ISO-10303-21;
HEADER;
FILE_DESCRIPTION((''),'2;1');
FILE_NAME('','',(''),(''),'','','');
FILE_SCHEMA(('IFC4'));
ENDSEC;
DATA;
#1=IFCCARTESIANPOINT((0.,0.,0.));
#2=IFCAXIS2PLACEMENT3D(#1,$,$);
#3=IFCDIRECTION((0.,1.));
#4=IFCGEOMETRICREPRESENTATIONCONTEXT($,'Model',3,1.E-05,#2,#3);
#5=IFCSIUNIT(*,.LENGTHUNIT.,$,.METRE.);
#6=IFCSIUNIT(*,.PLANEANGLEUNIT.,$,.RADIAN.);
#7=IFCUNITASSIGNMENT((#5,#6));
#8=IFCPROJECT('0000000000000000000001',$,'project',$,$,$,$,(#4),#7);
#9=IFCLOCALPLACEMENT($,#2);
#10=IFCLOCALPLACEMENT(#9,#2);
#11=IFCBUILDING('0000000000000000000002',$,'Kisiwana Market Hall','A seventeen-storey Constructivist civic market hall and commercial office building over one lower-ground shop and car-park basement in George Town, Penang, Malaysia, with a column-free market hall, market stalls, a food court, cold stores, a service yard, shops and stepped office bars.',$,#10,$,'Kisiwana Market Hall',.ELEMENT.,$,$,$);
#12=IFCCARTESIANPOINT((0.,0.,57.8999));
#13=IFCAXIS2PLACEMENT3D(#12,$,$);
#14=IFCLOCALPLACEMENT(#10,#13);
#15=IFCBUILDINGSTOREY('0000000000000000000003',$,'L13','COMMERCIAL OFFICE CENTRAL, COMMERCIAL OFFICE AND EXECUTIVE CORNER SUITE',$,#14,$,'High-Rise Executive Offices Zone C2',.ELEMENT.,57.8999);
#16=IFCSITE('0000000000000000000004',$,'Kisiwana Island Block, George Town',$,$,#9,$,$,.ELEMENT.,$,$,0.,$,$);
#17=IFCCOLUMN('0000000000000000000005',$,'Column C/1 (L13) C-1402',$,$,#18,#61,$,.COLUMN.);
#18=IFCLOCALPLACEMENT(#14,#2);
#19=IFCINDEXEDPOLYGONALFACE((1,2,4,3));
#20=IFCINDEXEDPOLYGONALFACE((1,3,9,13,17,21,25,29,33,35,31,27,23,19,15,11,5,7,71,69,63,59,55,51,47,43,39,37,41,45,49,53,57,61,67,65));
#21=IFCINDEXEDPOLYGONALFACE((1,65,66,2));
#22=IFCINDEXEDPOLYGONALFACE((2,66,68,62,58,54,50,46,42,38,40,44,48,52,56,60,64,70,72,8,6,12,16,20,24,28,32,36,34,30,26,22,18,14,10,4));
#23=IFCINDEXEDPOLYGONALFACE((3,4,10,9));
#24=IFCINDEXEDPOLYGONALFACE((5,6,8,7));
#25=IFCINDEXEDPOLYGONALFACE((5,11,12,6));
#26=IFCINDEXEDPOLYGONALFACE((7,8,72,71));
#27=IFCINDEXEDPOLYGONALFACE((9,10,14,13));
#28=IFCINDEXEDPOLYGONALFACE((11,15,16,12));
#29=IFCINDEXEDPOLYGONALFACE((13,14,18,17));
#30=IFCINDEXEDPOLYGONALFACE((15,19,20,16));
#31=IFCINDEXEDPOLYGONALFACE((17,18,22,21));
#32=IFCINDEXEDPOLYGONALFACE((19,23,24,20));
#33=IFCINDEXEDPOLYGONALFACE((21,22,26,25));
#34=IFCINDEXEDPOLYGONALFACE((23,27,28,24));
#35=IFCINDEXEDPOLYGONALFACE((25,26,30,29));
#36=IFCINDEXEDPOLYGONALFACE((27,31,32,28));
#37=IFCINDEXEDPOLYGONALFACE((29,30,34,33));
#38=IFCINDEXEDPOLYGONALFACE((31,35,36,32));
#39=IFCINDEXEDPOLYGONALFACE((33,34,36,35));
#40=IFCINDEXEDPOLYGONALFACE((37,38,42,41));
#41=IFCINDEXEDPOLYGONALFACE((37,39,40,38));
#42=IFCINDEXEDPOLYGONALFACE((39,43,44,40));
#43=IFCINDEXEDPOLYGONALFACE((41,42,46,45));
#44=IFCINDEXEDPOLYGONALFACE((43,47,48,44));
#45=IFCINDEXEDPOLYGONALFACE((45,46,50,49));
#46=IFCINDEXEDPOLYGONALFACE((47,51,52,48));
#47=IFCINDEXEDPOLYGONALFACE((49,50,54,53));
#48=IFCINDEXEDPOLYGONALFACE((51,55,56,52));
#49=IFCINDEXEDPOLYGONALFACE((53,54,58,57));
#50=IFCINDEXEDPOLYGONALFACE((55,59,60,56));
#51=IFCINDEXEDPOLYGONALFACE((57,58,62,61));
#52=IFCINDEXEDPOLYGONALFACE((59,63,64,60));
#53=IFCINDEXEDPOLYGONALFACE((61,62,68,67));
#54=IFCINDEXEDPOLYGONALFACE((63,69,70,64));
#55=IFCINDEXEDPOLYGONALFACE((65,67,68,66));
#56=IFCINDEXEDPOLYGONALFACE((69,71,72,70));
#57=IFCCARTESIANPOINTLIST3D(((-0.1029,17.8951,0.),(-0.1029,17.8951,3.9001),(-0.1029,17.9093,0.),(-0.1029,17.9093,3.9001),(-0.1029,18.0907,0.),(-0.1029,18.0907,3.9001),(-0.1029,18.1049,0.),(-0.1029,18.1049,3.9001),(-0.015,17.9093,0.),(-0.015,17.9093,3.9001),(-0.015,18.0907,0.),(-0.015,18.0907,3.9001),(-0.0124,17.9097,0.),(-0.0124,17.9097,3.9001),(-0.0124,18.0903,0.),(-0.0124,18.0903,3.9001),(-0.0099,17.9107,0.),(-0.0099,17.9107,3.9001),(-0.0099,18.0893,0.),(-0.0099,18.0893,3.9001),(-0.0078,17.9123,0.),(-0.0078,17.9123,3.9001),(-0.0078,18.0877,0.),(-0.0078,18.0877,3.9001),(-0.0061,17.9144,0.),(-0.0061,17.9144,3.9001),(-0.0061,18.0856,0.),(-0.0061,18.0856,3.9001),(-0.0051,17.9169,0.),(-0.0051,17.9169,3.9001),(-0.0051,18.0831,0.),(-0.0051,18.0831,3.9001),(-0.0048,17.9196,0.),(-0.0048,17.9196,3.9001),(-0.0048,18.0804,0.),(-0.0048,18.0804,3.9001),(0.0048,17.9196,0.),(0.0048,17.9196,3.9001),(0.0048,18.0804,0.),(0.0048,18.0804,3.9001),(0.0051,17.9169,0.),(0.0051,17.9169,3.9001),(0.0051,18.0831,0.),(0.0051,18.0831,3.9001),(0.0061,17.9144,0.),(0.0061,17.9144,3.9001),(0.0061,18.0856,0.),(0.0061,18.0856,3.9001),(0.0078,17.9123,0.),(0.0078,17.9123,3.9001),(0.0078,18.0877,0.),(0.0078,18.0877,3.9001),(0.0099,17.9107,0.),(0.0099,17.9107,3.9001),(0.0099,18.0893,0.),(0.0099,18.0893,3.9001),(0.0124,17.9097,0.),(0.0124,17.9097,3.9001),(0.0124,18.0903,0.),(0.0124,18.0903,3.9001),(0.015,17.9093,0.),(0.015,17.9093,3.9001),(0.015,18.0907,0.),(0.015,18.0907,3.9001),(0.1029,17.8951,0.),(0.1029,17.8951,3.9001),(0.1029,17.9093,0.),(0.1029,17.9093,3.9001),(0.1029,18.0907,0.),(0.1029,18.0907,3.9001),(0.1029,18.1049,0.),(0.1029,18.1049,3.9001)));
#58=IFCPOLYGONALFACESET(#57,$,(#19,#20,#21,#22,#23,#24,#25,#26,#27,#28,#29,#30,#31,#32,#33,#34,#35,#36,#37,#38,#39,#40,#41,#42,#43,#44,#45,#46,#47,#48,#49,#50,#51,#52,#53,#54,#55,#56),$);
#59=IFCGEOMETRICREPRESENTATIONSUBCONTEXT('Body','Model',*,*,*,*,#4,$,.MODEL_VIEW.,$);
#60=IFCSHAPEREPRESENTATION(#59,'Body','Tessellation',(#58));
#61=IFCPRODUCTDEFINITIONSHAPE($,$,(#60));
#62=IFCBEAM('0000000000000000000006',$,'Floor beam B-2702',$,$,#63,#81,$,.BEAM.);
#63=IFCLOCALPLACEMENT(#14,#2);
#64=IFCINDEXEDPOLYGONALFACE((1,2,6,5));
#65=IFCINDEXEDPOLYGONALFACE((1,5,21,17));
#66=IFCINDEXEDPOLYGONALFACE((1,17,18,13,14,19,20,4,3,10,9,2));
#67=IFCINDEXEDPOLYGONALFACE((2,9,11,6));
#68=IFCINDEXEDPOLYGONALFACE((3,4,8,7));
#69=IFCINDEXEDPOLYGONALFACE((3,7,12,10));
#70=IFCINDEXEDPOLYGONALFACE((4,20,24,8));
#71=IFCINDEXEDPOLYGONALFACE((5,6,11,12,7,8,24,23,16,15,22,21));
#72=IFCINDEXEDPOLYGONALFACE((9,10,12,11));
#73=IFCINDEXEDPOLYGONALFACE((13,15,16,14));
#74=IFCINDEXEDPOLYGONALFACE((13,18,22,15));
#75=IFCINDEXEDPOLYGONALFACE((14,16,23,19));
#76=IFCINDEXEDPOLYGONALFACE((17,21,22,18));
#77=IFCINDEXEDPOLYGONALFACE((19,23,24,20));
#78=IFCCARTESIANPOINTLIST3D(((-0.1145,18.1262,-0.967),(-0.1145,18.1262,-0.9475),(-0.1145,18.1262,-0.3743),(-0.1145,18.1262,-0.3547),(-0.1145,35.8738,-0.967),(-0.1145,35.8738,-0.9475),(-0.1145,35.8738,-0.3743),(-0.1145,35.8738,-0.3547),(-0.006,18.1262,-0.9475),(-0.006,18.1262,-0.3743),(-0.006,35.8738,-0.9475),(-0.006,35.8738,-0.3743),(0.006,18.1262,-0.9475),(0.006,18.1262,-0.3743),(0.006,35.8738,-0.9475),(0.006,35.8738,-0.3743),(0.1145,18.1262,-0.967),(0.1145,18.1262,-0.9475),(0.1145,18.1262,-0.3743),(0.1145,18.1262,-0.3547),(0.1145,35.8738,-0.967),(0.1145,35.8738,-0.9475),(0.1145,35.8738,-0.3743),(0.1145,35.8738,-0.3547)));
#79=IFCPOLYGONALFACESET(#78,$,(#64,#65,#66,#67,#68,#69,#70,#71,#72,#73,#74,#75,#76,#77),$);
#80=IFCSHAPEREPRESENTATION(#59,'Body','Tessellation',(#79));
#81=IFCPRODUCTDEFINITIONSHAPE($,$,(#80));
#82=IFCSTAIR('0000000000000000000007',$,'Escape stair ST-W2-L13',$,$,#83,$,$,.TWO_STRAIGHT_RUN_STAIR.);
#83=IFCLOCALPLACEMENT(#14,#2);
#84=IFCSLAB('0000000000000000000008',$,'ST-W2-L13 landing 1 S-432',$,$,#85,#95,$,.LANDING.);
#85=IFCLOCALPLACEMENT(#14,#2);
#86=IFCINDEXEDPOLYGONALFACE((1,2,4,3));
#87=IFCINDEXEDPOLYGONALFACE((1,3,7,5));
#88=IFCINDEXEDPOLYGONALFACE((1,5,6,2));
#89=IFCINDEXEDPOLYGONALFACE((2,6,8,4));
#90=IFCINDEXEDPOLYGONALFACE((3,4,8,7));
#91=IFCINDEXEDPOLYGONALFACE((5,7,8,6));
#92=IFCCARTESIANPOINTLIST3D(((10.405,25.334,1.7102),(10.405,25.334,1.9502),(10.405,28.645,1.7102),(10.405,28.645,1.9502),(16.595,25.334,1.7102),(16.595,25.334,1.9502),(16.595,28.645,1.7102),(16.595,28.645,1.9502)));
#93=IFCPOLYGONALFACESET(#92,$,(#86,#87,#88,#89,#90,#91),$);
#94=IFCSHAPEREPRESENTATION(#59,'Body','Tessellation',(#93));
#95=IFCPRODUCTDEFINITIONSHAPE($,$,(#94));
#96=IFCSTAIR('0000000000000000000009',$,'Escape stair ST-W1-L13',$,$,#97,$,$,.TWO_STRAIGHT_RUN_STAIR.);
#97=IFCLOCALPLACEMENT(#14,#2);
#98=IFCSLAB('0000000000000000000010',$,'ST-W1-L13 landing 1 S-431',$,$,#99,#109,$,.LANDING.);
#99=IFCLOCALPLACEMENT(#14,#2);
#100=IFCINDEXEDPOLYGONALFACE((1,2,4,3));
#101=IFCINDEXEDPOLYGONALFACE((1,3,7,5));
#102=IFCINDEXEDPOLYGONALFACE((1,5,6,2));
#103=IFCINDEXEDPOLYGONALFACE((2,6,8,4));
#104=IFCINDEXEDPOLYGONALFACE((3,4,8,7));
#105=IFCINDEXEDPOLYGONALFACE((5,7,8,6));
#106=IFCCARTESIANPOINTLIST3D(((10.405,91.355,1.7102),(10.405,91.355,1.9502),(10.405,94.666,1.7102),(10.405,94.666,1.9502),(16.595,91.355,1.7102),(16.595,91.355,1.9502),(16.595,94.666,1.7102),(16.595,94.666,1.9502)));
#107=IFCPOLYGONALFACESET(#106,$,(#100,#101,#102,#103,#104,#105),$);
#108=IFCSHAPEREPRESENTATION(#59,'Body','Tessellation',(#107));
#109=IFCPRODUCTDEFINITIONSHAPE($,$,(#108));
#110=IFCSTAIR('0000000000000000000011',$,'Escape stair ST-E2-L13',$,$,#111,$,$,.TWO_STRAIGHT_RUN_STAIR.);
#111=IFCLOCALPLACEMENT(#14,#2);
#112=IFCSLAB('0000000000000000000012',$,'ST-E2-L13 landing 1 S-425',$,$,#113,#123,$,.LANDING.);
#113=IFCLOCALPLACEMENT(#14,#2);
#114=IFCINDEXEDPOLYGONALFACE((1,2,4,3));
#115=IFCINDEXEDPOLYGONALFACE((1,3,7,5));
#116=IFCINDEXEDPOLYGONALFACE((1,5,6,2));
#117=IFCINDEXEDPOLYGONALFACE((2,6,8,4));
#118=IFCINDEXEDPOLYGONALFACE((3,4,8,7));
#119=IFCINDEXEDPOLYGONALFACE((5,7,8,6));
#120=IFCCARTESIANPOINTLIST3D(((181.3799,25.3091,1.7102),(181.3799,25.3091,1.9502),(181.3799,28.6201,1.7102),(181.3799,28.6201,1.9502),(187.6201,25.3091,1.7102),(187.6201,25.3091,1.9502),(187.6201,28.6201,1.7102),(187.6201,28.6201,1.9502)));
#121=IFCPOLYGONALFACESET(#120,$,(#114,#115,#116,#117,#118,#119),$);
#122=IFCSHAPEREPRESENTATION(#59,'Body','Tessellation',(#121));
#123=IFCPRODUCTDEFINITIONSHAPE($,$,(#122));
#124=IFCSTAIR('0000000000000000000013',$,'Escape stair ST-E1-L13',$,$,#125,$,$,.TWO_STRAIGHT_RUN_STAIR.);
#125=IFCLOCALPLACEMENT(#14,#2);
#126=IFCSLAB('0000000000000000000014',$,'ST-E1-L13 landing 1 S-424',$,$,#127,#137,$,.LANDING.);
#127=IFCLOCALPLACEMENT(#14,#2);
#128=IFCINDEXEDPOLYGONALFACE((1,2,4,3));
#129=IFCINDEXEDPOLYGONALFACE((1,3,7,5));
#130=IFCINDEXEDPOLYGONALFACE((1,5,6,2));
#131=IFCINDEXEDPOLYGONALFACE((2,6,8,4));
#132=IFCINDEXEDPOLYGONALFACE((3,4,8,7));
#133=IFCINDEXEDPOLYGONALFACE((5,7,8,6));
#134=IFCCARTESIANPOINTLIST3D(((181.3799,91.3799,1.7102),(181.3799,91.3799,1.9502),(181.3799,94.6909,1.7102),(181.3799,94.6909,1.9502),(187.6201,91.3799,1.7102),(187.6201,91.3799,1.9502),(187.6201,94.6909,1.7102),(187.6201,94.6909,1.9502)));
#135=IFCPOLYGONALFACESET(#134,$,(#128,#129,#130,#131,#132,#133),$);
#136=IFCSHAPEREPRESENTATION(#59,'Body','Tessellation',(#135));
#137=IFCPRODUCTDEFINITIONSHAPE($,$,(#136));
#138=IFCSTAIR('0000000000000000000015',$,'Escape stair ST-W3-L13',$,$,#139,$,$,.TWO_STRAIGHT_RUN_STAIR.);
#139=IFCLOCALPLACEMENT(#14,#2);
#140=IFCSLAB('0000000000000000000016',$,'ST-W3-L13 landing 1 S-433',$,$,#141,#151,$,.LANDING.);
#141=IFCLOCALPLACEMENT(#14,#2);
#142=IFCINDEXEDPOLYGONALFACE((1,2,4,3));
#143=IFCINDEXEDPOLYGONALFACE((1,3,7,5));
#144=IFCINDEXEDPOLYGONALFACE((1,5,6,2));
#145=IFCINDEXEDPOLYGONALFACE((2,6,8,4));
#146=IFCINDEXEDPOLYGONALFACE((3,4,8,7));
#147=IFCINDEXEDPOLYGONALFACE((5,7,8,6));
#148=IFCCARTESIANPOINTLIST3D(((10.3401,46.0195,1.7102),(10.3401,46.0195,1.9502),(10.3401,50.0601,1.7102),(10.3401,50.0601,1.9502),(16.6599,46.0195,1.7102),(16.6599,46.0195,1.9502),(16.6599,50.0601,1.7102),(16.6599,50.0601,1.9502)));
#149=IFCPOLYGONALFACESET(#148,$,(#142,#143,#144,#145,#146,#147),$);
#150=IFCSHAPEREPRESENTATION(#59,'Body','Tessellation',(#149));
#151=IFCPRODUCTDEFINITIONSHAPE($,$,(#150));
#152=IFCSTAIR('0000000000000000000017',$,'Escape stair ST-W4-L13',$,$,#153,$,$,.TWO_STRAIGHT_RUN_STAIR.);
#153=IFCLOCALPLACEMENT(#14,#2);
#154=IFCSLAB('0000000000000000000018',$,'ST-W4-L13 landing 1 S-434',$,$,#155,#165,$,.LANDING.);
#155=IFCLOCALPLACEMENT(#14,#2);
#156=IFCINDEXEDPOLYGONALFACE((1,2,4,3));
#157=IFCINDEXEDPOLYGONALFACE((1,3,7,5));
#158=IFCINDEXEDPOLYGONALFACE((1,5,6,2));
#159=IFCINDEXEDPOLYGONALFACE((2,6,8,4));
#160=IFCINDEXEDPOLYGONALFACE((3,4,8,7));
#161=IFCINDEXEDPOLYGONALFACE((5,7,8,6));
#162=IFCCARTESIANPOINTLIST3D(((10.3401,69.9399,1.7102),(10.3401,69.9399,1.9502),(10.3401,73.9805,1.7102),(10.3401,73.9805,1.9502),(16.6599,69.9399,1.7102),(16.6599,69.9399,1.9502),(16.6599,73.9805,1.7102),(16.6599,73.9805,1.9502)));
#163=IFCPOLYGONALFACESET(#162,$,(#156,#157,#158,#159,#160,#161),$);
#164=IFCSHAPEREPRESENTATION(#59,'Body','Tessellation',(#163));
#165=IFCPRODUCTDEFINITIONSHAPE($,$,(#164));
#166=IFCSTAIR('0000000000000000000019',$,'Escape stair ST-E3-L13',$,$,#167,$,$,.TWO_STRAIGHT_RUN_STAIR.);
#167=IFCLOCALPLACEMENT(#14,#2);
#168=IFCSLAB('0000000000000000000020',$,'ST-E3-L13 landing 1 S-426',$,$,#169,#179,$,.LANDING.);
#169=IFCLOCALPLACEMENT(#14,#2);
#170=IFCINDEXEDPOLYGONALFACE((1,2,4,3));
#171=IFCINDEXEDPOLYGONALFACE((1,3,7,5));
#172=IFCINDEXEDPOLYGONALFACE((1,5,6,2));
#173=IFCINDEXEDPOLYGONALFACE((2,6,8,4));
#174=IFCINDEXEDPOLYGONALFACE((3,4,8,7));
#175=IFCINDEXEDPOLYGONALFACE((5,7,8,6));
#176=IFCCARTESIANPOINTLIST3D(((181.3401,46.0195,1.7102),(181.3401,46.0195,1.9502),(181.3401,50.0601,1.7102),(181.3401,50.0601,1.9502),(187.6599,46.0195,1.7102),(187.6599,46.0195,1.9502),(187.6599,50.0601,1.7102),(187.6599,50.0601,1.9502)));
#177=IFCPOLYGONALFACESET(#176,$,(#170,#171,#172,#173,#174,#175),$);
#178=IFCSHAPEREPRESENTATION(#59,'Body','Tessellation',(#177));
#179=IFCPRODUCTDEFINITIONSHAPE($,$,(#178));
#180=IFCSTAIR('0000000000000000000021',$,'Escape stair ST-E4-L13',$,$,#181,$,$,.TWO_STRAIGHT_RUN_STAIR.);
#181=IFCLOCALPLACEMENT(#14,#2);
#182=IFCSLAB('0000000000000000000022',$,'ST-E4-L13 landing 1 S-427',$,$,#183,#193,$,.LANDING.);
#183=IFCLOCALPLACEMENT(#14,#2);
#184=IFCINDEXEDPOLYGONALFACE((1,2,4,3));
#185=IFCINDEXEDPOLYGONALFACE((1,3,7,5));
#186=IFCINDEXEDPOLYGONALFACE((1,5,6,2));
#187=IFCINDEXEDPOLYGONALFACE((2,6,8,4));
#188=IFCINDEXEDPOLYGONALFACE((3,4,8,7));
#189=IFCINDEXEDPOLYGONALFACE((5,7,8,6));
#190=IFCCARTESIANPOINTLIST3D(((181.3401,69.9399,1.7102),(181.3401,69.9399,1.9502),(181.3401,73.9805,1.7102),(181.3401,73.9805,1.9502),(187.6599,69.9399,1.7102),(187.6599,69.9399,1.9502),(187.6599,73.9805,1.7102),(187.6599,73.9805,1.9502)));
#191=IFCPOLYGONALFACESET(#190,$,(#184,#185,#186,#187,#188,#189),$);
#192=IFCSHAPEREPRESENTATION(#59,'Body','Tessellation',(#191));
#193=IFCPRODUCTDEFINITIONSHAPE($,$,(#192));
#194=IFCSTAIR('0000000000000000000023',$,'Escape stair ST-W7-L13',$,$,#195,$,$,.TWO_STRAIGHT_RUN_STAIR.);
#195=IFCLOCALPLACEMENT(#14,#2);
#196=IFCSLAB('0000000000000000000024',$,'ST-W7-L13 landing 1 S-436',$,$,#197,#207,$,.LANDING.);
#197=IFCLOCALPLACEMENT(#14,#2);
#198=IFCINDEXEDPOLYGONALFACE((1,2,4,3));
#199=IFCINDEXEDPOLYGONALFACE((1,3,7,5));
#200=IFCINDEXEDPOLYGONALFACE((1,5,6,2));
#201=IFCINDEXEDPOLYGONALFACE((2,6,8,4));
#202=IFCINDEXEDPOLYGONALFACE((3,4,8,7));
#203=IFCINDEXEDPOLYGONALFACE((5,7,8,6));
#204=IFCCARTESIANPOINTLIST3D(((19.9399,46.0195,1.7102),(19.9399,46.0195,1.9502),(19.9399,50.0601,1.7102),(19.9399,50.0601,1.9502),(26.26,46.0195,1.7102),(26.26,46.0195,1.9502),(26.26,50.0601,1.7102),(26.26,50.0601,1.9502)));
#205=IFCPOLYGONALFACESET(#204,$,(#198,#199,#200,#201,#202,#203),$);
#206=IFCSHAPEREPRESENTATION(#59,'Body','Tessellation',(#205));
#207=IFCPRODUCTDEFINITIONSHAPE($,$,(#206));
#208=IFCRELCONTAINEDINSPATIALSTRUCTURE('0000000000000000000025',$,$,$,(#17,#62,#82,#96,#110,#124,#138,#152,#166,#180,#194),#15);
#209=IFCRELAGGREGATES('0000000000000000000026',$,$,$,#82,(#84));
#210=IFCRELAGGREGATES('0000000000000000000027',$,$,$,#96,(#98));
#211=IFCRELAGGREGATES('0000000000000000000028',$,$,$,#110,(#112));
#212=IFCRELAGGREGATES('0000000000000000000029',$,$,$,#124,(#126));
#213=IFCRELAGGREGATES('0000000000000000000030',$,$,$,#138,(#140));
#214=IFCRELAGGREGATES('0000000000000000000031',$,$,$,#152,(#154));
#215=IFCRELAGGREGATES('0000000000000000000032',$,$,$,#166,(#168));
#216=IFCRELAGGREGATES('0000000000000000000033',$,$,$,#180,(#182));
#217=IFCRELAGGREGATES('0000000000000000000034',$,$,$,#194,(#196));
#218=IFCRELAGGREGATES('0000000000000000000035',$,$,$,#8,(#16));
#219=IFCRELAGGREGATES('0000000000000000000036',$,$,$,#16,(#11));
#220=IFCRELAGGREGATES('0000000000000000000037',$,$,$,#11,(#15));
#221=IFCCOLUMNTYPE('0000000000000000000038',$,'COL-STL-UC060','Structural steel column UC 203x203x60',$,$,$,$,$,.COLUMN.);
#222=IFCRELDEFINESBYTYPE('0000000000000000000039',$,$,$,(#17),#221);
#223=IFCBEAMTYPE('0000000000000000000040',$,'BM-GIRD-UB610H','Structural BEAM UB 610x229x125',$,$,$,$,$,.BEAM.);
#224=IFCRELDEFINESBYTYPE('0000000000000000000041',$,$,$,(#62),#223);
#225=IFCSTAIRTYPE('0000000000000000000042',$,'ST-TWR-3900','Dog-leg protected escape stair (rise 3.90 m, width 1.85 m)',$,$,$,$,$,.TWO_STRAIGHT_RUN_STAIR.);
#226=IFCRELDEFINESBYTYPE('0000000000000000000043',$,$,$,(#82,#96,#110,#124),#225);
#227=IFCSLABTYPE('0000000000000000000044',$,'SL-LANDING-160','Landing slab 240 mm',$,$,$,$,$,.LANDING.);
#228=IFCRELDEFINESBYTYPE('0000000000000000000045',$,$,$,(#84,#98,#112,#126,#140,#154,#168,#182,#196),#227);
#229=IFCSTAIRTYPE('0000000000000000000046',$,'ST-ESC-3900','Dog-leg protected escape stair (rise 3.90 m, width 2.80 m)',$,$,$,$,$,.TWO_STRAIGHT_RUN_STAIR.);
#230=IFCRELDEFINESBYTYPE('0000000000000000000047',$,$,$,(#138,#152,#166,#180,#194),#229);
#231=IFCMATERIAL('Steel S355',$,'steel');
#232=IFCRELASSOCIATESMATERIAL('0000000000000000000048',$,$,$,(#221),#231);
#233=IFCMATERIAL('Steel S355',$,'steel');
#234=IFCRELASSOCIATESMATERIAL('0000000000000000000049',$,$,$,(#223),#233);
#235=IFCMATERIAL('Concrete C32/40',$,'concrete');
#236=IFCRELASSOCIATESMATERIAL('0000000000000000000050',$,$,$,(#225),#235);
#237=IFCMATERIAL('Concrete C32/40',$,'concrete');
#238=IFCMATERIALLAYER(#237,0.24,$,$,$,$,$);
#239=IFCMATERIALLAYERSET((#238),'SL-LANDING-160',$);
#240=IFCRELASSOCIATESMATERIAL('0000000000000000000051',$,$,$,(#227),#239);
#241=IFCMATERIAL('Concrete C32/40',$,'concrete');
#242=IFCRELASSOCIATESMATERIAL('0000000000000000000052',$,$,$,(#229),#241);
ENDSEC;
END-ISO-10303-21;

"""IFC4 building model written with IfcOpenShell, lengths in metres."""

from ifc_helpers import new_model, si_unit, direction, frame, origin, origin_2d, place, context, subcontext, project, spatial, polyline, i_section, outline, extrude, material, layer, layer_set, material_profile, profile_set, type_object, element, aggregate, save


model = new_model("IFC4")

# Units and contexts
model_context = context("Model", 3, precision=1e-05, world=origin(), true_north=direction((0.0, 1.0)))
body_context = subcontext(model_context, "Body", "Model", "MODEL_VIEW")
ifc_project = project(units=[si_unit("LENGTHUNIT", "METRE"), si_unit("PLANEANGLEUNIT", "RADIAN")], contexts=[model_context])

# Site, building, storey
site_placement = place(None, origin())
site = spatial("IfcSite", under=ifc_project, at=site_placement, Name="Kisiwana Island Block, George Town", CompositionType="ELEMENT", RefElevation=0.0)
building_placement = place(site_placement, origin())
building = spatial("IfcBuilding", under=site, at=building_placement, Name="Kisiwana Market Hall", Description="A seventeen-storey Constructivist civic market hall and commercial office building over one lower-ground shop and car-park basement in George Town, Penang, Malaysia, with a column-free market hall, market stalls, a food court, cold stores, a service yard, shops and stepped office bars.", LongName="Kisiwana Market Hall", CompositionType="ELEMENT")
storey_placement = place(building_placement, frame((0.0, 0.0, 57.8999)))
storey = spatial("IfcBuildingStorey", under=building, at=storey_placement, Name="L13", Description="COMMERCIAL OFFICE CENTRAL, COMMERCIAL OFFICE AND EXECUTIVE CORNER SUITE", LongName="High-Rise Executive Offices Zone C2", CompositionType="ELEMENT", Elevation=57.8999)

# Column
ifc_material_1 = material(Name="Steel S355", Category="steel")
ifc_material_profile_1 = material_profile(ifc_material_1, i_section(OverallWidth=0.2058, OverallDepth=0.2097, WebThickness=0.0095, FlangeThickness=0.0142, FilletRadius=0.0103, at=origin_2d()), Name="UC 203x203x60")
ifc_profile_set_1 = profile_set([ifc_material_profile_1], Name="Steel S355")
column_type = type_object("IfcColumnType", Name="COL-STL-UC060", Description="Structural steel column UC 203x203x60", PredefinedType="COLUMN", material=ifc_profile_set_1)
column_placement = place(storey_placement, frame((0.0, 18.0, 0.0), z_axis=(0.0, 0.0, 1.0), x_axis=(1.0, 0.0, 0.0)))
element("IfcColumn", 1, at=column_placement, inside=storey, type_object=column_type, Name="Column C/1 (L13) C-1402", PredefinedType="COLUMN", context=body_context, shape_type="SweptSolid", body=[
    extrude(i_section(OverallWidth=0.2058, OverallDepth=0.2097, WebThickness=0.0095, FlangeThickness=0.0142, FilletRadius=0.0103, at=origin_2d()), origin(), (0.0, 0.0, 1.0), 3.9001),
])

# Beam
ifc_material_2 = material(Name="Steel S355", Category="steel")
ifc_material_profile_2 = material_profile(ifc_material_2, i_section(OverallWidth=0.229, OverallDepth=0.6123, WebThickness=0.012, FlangeThickness=0.0195, at=origin_2d()), Name="UB 610x229x125")
ifc_profile_set_2 = profile_set([ifc_material_profile_2], Name="Steel S355")
beam_type = type_object("IfcBeamType", Name="BM-GIRD-UB610H", Description="Structural BEAM UB 610x229x125", PredefinedType="BEAM", material=ifc_profile_set_2)
beam_placement = place(storey_placement, frame((0.0, 18.1262, -0.6609), z_axis=(0.0, 1.0, 0.0), x_axis=(-1.0, 0.0, 0.0)))
element("IfcBeam", 2, at=beam_placement, inside=storey, type_object=beam_type, Name="Floor beam B-2702", PredefinedType="BEAM", context=body_context, shape_type="SweptSolid", body=[
    extrude(i_section(OverallWidth=0.229, OverallDepth=0.6123, WebThickness=0.012, FlangeThickness=0.0195, at=origin_2d()), origin(), (0.0, 0.0, 1.0), 17.7476),
])

# Stairs, slabs
ifc_material_3 = material(Name="Concrete C32/40", Category="concrete")
stair_type_1 = type_object("IfcStairType", Name="ST-TWR-3900", Description="Dog-leg protected escape stair (rise 3.90 m, width 1.85 m)", PredefinedType="TWO_STRAIGHT_RUN_STAIR", material=ifc_material_3)
stair_1_placement = place(storey_placement, origin())
stair_1 = element("IfcStair", 3, at=stair_1_placement, inside=storey, type_object=stair_type_1, Name="Escape stair ST-W2-L13", PredefinedType="TWO_STRAIGHT_RUN_STAIR")
ifc_material_4 = material(Name="Concrete C32/40", Category="concrete")
ifc_layer_1 = layer(ifc_material_4, 0.24)
ifc_layer_set_1 = layer_set([ifc_layer_1], Name="SL-LANDING-160")
slab_type_1 = type_object("IfcSlabType", Name="SL-LANDING-160", Description="Landing slab 240 mm", PredefinedType="LANDING", material=ifc_layer_set_1)
slab_1_placement = place(storey_placement, frame((0.0, 0.0, 1.7102)))
slab_1 = element("IfcSlab", 4, at=slab_1_placement, type_object=slab_type_1, Name="ST-W2-L13 landing 1 S-432", PredefinedType="LANDING", context=body_context, shape_type="SweptSolid", body=[
    extrude(outline(polyline([(10.405, 25.334), (16.595, 25.334), (16.595, 28.645), (10.405, 28.645), (10.405, 25.334)])), origin(), (0.0, 0.0, 1.0), 0.24),
])
aggregate(stair_1, [slab_1])
stair_2_placement = place(storey_placement, origin())
stair_2 = element("IfcStair", 5, at=stair_2_placement, inside=storey, type_object=stair_type_1, Name="Escape stair ST-W1-L13", PredefinedType="TWO_STRAIGHT_RUN_STAIR")
slab_2_placement = place(storey_placement, frame((0.0, 0.0, 1.7102)))
slab_2 = element("IfcSlab", 6, at=slab_2_placement, type_object=slab_type_1, Name="ST-W1-L13 landing 1 S-431", PredefinedType="LANDING", context=body_context, shape_type="SweptSolid", body=[
    extrude(outline(polyline([(10.405, 91.355), (16.595, 91.355), (16.595, 94.666), (10.405, 94.666), (10.405, 91.355)])), origin(), (0.0, 0.0, 1.0), 0.24),
])
aggregate(stair_2, [slab_2])
stair_3_placement = place(storey_placement, origin())
stair_3 = element("IfcStair", 7, at=stair_3_placement, inside=storey, type_object=stair_type_1, Name="Escape stair ST-E2-L13", PredefinedType="TWO_STRAIGHT_RUN_STAIR")
slab_3_placement = place(storey_placement, frame((0.0, 0.0, 1.7102)))
slab_3 = element("IfcSlab", 8, at=slab_3_placement, type_object=slab_type_1, Name="ST-E2-L13 landing 1 S-425", PredefinedType="LANDING", context=body_context, shape_type="SweptSolid", body=[
    extrude(outline(polyline([(181.3799, 25.3091), (187.6201, 25.3091), (187.6201, 28.6201), (181.3799, 28.6201), (181.3799, 25.3091)])), origin(), (0.0, 0.0, 1.0), 0.24),
])
aggregate(stair_3, [slab_3])
stair_4_placement = place(storey_placement, origin())
stair_4 = element("IfcStair", 9, at=stair_4_placement, inside=storey, type_object=stair_type_1, Name="Escape stair ST-E1-L13", PredefinedType="TWO_STRAIGHT_RUN_STAIR")
slab_4_placement = place(storey_placement, frame((0.0, 0.0, 1.7102)))
slab_4 = element("IfcSlab", 10, at=slab_4_placement, type_object=slab_type_1, Name="ST-E1-L13 landing 1 S-424", PredefinedType="LANDING", context=body_context, shape_type="SweptSolid", body=[
    extrude(outline(polyline([(181.3799, 91.3799), (187.6201, 91.3799), (187.6201, 94.6909), (181.3799, 94.6909), (181.3799, 91.3799)])), origin(), (0.0, 0.0, 1.0), 0.24),
])
aggregate(stair_4, [slab_4])
ifc_material_5 = material(Name="Concrete C32/40", Category="concrete")
stair_type_2 = type_object("IfcStairType", Name="ST-ESC-3900", Description="Dog-leg protected escape stair (rise 3.90 m, width 2.80 m)", PredefinedType="TWO_STRAIGHT_RUN_STAIR", material=ifc_material_5)
stair_5_placement = place(storey_placement, origin())
stair_5 = element("IfcStair", 11, at=stair_5_placement, inside=storey, type_object=stair_type_2, Name="Escape stair ST-W3-L13", PredefinedType="TWO_STRAIGHT_RUN_STAIR")
slab_5_placement = place(storey_placement, frame((0.0, 0.0, 1.7102)))
slab_5 = element("IfcSlab", 12, at=slab_5_placement, type_object=slab_type_1, Name="ST-W3-L13 landing 1 S-433", PredefinedType="LANDING", context=body_context, shape_type="SweptSolid", body=[
    extrude(outline(polyline([(10.3401, 46.0195), (16.6599, 46.0195), (16.6599, 50.0601), (10.3401, 50.0601), (10.3401, 46.0195)])), origin(), (0.0, 0.0, 1.0), 0.24),
])
aggregate(stair_5, [slab_5])
stair_6_placement = place(storey_placement, origin())
stair_6 = element("IfcStair", 13, at=stair_6_placement, inside=storey, type_object=stair_type_2, Name="Escape stair ST-W4-L13", PredefinedType="TWO_STRAIGHT_RUN_STAIR")
slab_6_placement = place(storey_placement, frame((0.0, 0.0, 1.7102)))
slab_6 = element("IfcSlab", 14, at=slab_6_placement, type_object=slab_type_1, Name="ST-W4-L13 landing 1 S-434", PredefinedType="LANDING", context=body_context, shape_type="SweptSolid", body=[
    extrude(outline(polyline([(10.3401, 69.9399), (16.6599, 69.9399), (16.6599, 73.9805), (10.3401, 73.9805), (10.3401, 69.9399)])), origin(), (0.0, 0.0, 1.0), 0.24),
])
aggregate(stair_6, [slab_6])
stair_7_placement = place(storey_placement, origin())
stair_7 = element("IfcStair", 15, at=stair_7_placement, inside=storey, type_object=stair_type_2, Name="Escape stair ST-E3-L13", PredefinedType="TWO_STRAIGHT_RUN_STAIR")
slab_7_placement = place(storey_placement, frame((0.0, 0.0, 1.7102)))
slab_7 = element("IfcSlab", 16, at=slab_7_placement, type_object=slab_type_1, Name="ST-E3-L13 landing 1 S-426", PredefinedType="LANDING", context=body_context, shape_type="SweptSolid", body=[
    extrude(outline(polyline([(181.3401, 46.0195), (187.6599, 46.0195), (187.6599, 50.0601), (181.3401, 50.0601), (181.3401, 46.0195)])), origin(), (0.0, 0.0, 1.0), 0.24),
])
aggregate(stair_7, [slab_7])
stair_8_placement = place(storey_placement, origin())
stair_8 = element("IfcStair", 17, at=stair_8_placement, inside=storey, type_object=stair_type_2, Name="Escape stair ST-E4-L13", PredefinedType="TWO_STRAIGHT_RUN_STAIR")
slab_8_placement = place(storey_placement, frame((0.0, 0.0, 1.7102)))
slab_8 = element("IfcSlab", 18, at=slab_8_placement, type_object=slab_type_1, Name="ST-E4-L13 landing 1 S-427", PredefinedType="LANDING", context=body_context, shape_type="SweptSolid", body=[
    extrude(outline(polyline([(181.3401, 69.9399), (187.6599, 69.9399), (187.6599, 73.9805), (181.3401, 73.9805), (181.3401, 69.9399)])), origin(), (0.0, 0.0, 1.0), 0.24),
])
aggregate(stair_8, [slab_8])
stair_9_placement = place(storey_placement, origin())
stair_9 = element("IfcStair", 19, at=stair_9_placement, inside=storey, type_object=stair_type_2, Name="Escape stair ST-W7-L13", PredefinedType="TWO_STRAIGHT_RUN_STAIR")
slab_9_placement = place(storey_placement, frame((0.0, 0.0, 1.7102)))
slab_9 = element("IfcSlab", 20, at=slab_9_placement, type_object=slab_type_1, Name="ST-W7-L13 landing 1 S-436", PredefinedType="LANDING", context=body_context, shape_type="SweptSolid", body=[
    extrude(outline(polyline([(19.9399, 46.0195), (26.26, 46.0195), (26.26, 50.0601), (19.9399, 50.0601), (19.9399, 46.0195)])), origin(), (0.0, 0.0, 1.0), 0.24),
])
aggregate(stair_9, [slab_9])

save(model, "model.ifc")
